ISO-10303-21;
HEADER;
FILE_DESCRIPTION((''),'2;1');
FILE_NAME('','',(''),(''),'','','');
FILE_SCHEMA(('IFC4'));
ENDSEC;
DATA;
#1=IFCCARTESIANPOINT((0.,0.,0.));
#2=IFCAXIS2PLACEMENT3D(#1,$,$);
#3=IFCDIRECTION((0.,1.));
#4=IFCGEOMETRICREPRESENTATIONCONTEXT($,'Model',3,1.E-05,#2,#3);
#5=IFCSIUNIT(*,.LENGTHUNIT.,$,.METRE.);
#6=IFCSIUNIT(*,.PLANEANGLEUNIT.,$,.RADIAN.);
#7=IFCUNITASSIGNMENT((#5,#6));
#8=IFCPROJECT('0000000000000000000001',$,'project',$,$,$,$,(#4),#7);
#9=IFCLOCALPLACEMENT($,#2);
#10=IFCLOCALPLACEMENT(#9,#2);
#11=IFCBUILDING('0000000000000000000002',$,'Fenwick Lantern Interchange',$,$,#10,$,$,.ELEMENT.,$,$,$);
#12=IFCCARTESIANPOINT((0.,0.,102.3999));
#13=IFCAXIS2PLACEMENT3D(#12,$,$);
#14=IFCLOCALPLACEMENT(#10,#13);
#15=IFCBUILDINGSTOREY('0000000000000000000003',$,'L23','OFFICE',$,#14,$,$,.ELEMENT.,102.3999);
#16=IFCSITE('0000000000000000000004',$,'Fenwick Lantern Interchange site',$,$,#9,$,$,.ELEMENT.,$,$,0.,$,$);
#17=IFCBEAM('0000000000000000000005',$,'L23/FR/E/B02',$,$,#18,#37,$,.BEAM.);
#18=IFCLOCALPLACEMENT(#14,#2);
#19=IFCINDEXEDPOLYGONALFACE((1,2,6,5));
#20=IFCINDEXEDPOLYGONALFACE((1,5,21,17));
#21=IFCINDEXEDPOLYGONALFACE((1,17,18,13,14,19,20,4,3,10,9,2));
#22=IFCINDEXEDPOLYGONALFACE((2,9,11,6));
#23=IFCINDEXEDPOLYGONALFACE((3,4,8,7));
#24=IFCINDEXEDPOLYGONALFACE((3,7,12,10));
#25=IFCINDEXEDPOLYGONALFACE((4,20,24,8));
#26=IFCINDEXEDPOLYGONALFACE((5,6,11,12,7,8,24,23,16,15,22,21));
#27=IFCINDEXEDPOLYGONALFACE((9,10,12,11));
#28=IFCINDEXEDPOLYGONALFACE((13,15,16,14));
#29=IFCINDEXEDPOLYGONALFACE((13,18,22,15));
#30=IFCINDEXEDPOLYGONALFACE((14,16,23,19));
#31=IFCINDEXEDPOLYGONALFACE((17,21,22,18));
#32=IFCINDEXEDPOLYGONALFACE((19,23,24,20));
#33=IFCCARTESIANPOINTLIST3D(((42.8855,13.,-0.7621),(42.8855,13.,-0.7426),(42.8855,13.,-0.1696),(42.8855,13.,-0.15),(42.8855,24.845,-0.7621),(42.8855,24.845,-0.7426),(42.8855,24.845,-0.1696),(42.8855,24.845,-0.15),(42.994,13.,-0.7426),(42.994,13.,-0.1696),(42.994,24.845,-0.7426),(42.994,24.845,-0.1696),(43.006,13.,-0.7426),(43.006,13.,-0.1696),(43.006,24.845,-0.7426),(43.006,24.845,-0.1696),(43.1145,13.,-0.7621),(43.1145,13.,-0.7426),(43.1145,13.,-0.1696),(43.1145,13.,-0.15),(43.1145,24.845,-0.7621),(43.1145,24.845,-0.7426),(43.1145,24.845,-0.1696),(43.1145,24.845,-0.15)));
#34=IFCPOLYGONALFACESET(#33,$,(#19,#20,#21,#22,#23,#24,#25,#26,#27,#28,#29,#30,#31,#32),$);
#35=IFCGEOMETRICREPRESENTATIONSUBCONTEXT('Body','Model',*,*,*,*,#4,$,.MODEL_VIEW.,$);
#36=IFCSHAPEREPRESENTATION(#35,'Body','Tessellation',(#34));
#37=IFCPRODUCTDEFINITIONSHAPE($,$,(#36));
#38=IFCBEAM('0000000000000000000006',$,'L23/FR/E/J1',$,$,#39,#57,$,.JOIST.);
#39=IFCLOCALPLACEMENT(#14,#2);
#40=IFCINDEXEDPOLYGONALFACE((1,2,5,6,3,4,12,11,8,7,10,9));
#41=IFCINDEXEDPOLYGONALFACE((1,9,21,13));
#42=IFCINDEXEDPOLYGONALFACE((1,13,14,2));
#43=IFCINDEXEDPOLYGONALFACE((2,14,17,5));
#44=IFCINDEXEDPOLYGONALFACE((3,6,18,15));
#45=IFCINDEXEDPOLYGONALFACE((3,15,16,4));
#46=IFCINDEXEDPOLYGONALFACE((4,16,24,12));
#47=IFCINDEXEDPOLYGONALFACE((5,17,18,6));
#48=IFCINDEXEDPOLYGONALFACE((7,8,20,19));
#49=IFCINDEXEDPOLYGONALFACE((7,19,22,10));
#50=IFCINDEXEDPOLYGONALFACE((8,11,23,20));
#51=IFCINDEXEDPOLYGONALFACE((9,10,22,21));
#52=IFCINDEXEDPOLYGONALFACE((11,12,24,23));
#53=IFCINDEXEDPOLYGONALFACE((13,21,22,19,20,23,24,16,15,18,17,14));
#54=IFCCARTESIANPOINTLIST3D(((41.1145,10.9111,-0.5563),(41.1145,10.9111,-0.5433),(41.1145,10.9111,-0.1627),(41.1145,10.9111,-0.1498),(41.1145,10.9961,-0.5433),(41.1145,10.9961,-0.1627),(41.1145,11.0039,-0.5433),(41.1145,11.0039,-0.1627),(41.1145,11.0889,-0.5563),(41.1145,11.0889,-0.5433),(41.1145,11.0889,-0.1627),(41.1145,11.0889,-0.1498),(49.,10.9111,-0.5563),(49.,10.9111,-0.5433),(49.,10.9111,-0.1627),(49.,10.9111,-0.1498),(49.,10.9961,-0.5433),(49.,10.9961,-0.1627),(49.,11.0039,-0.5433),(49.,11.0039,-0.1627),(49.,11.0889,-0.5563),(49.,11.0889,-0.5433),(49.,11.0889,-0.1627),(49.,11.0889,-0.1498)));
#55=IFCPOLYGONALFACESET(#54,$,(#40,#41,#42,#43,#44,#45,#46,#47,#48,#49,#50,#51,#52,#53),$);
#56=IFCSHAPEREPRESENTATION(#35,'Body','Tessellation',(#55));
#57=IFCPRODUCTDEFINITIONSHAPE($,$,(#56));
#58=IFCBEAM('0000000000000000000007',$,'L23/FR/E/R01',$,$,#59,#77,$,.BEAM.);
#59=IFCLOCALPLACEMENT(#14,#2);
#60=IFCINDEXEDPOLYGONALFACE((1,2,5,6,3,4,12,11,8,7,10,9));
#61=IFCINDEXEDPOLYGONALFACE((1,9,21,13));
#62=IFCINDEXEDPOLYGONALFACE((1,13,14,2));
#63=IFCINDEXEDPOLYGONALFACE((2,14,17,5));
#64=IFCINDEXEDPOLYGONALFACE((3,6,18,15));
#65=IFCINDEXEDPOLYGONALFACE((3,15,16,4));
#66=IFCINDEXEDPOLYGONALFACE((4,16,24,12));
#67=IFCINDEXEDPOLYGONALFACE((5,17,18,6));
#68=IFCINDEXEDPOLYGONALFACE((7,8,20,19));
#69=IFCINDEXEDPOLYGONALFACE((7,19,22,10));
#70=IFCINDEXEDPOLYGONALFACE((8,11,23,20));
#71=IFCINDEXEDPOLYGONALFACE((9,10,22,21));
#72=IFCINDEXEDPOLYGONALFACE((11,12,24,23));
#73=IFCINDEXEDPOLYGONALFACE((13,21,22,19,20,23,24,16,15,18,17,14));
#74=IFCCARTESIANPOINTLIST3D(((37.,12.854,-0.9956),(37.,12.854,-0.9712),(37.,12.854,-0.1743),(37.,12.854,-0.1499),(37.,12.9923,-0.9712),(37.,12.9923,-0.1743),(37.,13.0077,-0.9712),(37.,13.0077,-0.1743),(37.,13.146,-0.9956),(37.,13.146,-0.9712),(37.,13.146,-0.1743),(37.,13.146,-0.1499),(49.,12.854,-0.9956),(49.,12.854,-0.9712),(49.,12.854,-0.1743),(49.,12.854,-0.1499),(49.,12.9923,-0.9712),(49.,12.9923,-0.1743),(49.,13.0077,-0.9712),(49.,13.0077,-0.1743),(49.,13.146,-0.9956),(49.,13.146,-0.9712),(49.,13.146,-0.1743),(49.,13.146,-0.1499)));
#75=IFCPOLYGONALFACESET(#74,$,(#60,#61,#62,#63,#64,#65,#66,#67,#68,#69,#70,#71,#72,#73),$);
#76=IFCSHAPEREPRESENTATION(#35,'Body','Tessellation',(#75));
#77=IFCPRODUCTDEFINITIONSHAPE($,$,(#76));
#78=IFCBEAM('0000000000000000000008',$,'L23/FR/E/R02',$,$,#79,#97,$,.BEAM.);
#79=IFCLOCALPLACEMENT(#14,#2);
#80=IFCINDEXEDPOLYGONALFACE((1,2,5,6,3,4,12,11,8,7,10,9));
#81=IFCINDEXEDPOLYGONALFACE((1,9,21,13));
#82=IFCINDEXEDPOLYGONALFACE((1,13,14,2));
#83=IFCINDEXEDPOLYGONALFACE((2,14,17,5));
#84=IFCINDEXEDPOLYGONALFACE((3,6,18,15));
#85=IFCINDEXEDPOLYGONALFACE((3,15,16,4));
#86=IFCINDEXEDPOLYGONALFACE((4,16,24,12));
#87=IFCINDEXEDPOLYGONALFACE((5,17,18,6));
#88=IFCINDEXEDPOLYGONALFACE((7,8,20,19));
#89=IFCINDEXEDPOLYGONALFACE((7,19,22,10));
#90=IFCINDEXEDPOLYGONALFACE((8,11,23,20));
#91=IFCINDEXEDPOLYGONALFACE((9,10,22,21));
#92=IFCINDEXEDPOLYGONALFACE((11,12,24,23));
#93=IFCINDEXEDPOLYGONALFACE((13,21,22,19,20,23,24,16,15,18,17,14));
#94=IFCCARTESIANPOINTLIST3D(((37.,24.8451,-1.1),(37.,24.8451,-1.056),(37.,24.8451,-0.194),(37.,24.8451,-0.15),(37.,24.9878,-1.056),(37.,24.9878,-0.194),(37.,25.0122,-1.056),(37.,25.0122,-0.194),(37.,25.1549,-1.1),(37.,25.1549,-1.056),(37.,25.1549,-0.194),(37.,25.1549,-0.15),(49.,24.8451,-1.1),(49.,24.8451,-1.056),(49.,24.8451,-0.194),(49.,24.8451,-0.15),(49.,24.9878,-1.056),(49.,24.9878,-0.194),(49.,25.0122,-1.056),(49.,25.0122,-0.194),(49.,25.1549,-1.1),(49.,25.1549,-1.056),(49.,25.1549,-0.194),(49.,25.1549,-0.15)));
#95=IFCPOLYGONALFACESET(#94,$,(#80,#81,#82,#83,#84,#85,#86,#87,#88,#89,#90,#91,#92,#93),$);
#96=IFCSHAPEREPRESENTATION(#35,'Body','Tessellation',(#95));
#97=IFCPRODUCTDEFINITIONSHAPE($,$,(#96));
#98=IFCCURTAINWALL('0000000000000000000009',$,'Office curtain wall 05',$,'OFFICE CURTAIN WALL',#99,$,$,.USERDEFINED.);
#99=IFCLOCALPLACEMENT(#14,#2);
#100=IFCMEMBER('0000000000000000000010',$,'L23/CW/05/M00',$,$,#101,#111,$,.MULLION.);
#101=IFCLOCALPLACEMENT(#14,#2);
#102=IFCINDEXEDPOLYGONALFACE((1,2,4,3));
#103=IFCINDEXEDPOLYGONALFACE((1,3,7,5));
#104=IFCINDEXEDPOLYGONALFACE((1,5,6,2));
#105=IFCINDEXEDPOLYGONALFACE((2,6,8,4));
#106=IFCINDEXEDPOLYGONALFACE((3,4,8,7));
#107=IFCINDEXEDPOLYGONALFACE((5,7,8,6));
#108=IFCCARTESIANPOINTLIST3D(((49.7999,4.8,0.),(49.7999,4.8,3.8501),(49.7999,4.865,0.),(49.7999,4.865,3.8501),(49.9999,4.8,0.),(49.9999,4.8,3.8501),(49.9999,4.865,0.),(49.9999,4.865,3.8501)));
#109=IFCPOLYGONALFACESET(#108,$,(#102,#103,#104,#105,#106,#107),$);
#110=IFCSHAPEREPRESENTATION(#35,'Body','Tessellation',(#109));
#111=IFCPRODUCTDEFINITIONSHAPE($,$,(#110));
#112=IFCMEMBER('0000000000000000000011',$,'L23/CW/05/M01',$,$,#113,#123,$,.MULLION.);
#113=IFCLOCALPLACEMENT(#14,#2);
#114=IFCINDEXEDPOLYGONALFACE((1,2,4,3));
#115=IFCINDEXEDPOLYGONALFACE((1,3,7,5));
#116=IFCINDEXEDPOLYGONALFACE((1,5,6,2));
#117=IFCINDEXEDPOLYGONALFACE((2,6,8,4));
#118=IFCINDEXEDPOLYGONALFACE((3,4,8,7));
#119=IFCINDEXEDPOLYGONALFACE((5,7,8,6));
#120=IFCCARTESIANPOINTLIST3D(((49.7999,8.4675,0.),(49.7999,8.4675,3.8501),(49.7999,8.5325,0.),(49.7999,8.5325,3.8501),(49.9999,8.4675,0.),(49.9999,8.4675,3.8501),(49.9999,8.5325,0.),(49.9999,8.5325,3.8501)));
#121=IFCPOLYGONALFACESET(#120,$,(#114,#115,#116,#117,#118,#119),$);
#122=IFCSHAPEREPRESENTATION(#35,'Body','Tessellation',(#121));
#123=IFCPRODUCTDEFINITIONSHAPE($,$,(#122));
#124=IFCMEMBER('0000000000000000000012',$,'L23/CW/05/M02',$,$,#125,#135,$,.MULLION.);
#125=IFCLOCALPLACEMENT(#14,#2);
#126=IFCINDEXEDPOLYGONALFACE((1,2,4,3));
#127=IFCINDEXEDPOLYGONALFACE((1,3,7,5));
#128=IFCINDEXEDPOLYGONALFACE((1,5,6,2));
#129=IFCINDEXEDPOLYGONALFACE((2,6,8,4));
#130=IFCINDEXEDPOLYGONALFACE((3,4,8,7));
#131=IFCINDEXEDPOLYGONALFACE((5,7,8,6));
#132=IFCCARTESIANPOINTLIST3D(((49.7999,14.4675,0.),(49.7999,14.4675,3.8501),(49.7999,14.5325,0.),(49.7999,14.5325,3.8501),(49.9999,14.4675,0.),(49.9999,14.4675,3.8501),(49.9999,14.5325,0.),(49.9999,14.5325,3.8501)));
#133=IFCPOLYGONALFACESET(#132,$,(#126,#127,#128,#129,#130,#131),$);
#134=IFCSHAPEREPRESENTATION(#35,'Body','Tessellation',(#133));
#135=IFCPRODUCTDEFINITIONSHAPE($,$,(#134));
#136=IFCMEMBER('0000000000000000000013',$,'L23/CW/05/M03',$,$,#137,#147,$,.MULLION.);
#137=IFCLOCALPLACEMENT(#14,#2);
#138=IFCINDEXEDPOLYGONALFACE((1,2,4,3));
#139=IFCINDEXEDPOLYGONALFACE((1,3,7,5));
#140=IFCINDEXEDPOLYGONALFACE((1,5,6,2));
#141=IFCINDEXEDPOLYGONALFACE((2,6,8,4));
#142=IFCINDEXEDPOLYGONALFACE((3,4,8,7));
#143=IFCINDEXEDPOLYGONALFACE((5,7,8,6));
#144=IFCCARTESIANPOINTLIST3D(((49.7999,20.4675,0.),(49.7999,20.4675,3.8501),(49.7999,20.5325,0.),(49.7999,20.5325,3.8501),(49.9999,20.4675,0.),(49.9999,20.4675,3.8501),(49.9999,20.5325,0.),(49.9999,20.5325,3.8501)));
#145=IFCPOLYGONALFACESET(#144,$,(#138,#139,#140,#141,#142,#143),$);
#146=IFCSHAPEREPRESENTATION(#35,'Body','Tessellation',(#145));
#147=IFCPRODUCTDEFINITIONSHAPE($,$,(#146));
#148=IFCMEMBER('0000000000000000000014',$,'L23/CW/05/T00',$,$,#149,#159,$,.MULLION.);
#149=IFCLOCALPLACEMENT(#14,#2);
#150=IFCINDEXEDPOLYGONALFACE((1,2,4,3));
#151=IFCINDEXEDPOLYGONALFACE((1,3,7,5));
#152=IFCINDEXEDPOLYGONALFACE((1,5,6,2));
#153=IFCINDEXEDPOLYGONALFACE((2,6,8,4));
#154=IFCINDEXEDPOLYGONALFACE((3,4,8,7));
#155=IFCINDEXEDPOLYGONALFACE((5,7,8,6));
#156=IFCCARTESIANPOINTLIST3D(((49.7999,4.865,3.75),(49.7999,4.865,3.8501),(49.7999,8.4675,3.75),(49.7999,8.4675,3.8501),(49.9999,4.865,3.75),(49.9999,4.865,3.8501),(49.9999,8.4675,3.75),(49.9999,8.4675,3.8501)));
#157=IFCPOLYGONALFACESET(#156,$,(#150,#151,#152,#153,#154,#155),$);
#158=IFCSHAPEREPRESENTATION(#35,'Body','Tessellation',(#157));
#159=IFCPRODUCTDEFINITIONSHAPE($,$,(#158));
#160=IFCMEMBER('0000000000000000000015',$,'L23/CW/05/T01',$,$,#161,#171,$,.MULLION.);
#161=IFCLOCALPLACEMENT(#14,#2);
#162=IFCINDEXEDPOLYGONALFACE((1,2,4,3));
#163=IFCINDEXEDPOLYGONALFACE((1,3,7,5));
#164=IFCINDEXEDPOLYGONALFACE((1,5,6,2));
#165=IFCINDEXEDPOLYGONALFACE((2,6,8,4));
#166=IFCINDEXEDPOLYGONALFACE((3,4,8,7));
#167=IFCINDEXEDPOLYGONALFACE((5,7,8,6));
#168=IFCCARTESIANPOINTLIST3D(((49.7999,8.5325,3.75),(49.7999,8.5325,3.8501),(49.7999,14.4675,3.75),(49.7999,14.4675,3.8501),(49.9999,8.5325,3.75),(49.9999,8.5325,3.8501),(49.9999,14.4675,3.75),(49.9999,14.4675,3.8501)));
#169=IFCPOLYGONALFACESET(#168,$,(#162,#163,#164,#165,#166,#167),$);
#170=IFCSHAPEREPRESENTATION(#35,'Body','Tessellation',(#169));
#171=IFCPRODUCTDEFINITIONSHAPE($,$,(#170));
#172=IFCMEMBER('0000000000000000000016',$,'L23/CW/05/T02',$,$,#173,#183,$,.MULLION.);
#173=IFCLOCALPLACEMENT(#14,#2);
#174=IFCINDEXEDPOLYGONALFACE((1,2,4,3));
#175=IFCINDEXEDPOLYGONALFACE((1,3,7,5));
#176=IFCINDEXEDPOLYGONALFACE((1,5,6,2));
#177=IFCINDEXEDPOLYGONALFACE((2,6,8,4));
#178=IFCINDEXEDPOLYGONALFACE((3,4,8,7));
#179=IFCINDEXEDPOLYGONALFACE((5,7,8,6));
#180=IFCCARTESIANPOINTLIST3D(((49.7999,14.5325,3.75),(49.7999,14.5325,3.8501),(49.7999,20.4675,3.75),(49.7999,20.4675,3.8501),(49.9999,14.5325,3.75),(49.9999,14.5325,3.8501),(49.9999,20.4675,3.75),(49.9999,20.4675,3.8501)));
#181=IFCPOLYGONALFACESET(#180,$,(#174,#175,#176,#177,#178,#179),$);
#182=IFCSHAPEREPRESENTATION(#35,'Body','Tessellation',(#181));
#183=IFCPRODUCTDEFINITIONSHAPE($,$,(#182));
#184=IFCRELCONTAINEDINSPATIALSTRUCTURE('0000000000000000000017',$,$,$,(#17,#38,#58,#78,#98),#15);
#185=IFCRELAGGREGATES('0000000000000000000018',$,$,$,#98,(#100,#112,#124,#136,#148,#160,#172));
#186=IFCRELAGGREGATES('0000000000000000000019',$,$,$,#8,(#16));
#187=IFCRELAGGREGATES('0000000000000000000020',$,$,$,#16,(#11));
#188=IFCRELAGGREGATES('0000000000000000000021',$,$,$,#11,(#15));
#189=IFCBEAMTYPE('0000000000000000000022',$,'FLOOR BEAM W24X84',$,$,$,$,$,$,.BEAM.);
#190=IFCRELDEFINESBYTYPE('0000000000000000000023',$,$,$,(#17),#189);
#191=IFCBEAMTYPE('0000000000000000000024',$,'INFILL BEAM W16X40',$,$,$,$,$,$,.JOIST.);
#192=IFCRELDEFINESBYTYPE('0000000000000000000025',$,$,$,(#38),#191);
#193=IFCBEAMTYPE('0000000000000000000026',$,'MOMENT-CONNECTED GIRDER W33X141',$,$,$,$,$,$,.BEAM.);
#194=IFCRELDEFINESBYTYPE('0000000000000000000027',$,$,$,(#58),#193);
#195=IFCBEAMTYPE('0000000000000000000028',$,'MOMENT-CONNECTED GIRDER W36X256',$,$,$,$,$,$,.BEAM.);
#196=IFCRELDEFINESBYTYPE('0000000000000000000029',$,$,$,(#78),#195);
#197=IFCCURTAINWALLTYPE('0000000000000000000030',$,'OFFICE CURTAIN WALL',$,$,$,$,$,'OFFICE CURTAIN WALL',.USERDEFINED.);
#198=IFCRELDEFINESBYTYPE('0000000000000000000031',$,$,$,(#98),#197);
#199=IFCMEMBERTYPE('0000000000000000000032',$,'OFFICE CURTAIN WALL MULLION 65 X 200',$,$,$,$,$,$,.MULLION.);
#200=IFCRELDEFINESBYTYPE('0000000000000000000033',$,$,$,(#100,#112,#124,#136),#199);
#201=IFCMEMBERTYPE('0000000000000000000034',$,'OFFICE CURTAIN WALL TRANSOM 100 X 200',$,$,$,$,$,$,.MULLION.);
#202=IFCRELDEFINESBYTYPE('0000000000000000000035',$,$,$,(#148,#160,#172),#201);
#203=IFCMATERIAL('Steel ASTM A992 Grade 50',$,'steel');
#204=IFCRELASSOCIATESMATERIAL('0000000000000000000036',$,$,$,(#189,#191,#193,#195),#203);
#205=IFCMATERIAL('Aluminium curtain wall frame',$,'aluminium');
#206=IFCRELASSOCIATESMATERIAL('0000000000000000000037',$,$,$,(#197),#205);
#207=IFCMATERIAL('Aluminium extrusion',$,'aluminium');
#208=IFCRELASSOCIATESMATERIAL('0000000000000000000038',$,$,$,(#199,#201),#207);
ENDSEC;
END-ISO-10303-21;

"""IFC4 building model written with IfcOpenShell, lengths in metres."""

from ifc_helpers import new_model, si_unit, direction, frame, origin, origin_2d, place, context, subcontext, project, spatial, rectangle, i_section, extrude, material, material_profile, profile_set, type_object, element, aggregate, save


model = new_model("IFC4")

# Units and contexts
model_context = context("Model", 3, precision=1e-05, world=origin(), true_north=direction((0.0, 1.0)))
body_context = subcontext(model_context, "Body", "Model", "MODEL_VIEW")
ifc_project = project(units=[si_unit("LENGTHUNIT", "METRE"), si_unit("PLANEANGLEUNIT", "RADIAN")], contexts=[model_context])

# Site, building, storey
site_placement = place(None, origin())
site = spatial("IfcSite", under=ifc_project, at=site_placement, Name="Fenwick Lantern Interchange site", CompositionType="ELEMENT", RefElevation=0.0)
building_placement = place(site_placement, origin())
building = spatial("IfcBuilding", under=site, at=building_placement, Name="Fenwick Lantern Interchange", CompositionType="ELEMENT")
storey_placement = place(building_placement, frame((0.0, 0.0, 102.3999)))
storey = spatial("IfcBuildingStorey", under=building, at=storey_placement, Name="L23", Description="OFFICE", CompositionType="ELEMENT", Elevation=102.3999)

# Shared definitions
ifc_material_1 = material(Name="Steel ASTM A992 Grade 50", Category="steel")

# Beams
ifc_material_profile_1 = material_profile(ifc_material_1, i_section(OverallWidth=0.229, OverallDepth=0.6121, WebThickness=0.012, FlangeThickness=0.0195, at=origin_2d()), Name="W24X84")
ifc_profile_set_1 = profile_set([ifc_material_profile_1], Name="Steel ASTM A992 Grade 50")
beam_type_1 = type_object("IfcBeamType", Name="FLOOR BEAM W24X84", PredefinedType="BEAM", material=ifc_profile_set_1)
for number, where, z_axis, x_axis, name in (
    (1, (43.0, 13.0, -0.4561), (0.0, 1.0, 0.0), (-1.0, 0.0, 0.0), "L23/FR/E/B02"),
):
    element("IfcBeam", number, at=place(storey_placement, frame(where, z_axis=z_axis, x_axis=x_axis)), inside=storey, type_object=beam_type_1, Name=name, PredefinedType="BEAM", context=body_context, shape_type="SweptSolid", body=[
        extrude(i_section(OverallWidth=0.229, OverallDepth=0.6121, WebThickness=0.012, FlangeThickness=0.0195, at=origin_2d()), origin(), (0.0, 0.0, 1.0), 11.845),
    ])
ifc_material_profile_2 = material_profile(ifc_material_1, i_section(OverallWidth=0.1777, OverallDepth=0.4065, WebThickness=0.0078, FlangeThickness=0.0129, at=origin_2d()), Name="W16X40")
ifc_profile_set_2 = profile_set([ifc_material_profile_2], Name="Steel ASTM A992 Grade 50")
beam_type_2 = type_object("IfcBeamType", Name="INFILL BEAM W16X40", PredefinedType="JOIST", material=ifc_profile_set_2)
beam_1_placement = place(storey_placement, frame((49.0, 11.0, -0.353), z_axis=(-1.0, 0.0, 0.0), x_axis=(0.0, -1.0, 0.0)))
element("IfcBeam", 2, at=beam_1_placement, inside=storey, type_object=beam_type_2, Name="L23/FR/E/J1", PredefinedType="JOIST", context=body_context, shape_type="SweptSolid", body=[
    extrude(i_section(OverallWidth=0.1777, OverallDepth=0.4065, WebThickness=0.0078, FlangeThickness=0.0129, at=origin_2d()), origin(), (0.0, 0.0, 1.0), 7.8855),
])
ifc_material_profile_3 = material_profile(ifc_material_1, i_section(OverallWidth=0.292, OverallDepth=0.8457, WebThickness=0.0154, FlangeThickness=0.0244, at=origin_2d()), Name="W33X141")
ifc_profile_set_3 = profile_set([ifc_material_profile_3], Name="Steel ASTM A992 Grade 50")
beam_type_3 = type_object("IfcBeamType", Name="MOMENT-CONNECTED GIRDER W33X141", PredefinedType="BEAM", material=ifc_profile_set_3)
beam_2_placement = place(storey_placement, frame((49.0, 13.0, -0.5728), z_axis=(-1.0, 0.0, 0.0), x_axis=(0.0, -1.0, 0.0)))
element("IfcBeam", 3, at=beam_2_placement, inside=storey, type_object=beam_type_3, Name="L23/FR/E/R01", PredefinedType="BEAM", context=body_context, shape_type="SweptSolid", body=[
    extrude(i_section(OverallWidth=0.292, OverallDepth=0.8457, WebThickness=0.0154, FlangeThickness=0.0244, at=origin_2d()), origin(), (0.0, 0.0, 1.0), 12.0),
])
ifc_material_profile_4 = material_profile(ifc_material_1, i_section(OverallWidth=0.3098, OverallDepth=0.95, WebThickness=0.0244, FlangeThickness=0.0439, at=origin_2d()), Name="W36X256")
ifc_profile_set_4 = profile_set([ifc_material_profile_4], Name="Steel ASTM A992 Grade 50")
beam_type_4 = type_object("IfcBeamType", Name="MOMENT-CONNECTED GIRDER W36X256", PredefinedType="BEAM", material=ifc_profile_set_4)
beam_3_placement = place(storey_placement, frame((49.0, 25.0, -0.625), z_axis=(-1.0, 0.0, 0.0), x_axis=(0.0, -1.0, 0.0)))
element("IfcBeam", 4, at=beam_3_placement, inside=storey, type_object=beam_type_4, Name="L23/FR/E/R02", PredefinedType="BEAM", context=body_context, shape_type="SweptSolid", body=[
    extrude(i_section(OverallWidth=0.3098, OverallDepth=0.95, WebThickness=0.0244, FlangeThickness=0.0439, at=origin_2d()), origin(), (0.0, 0.0, 1.0), 12.0),
])

# Curtain wall, members
ifc_material_2 = material(Name="Aluminium curtain wall frame", Category="aluminium")
curtain_wall_type = type_object("IfcCurtainWallType", Name="OFFICE CURTAIN WALL", ElementType="OFFICE CURTAIN WALL", PredefinedType="USERDEFINED", material=ifc_material_2)
curtain_wall_placement = place(storey_placement, origin())
curtain_wall = element("IfcCurtainWall", 5, at=curtain_wall_placement, inside=storey, type_object=curtain_wall_type, Name="Office curtain wall 05", ObjectType="OFFICE CURTAIN WALL", PredefinedType="USERDEFINED")
ifc_material_3 = material(Name="Aluminium extrusion", Category="aluminium")
ifc_material_profile_5 = material_profile(ifc_material_3, rectangle(XDim=0.2, YDim=0.0649, at=origin_2d()), Name="OFFICE CURTAIN WALL MULLION 65 X 200")
ifc_profile_set_5 = profile_set([ifc_material_profile_5], Name="Aluminium extrusion")
member_type_1 = type_object("IfcMemberType", Name="OFFICE CURTAIN WALL MULLION 65 X 200", PredefinedType="MULLION", material=ifc_profile_set_5)
member_1_placement = place(storey_placement, frame((49.8999, 4.8325, 0.0), z_axis=(0.0, 0.0, 1.0), x_axis=(-1.0, 0.0, 0.0)))
member_1 = element("IfcMember", 6, at=member_1_placement, type_object=member_type_1, Name="L23/CW/05/M00", PredefinedType="MULLION", context=body_context, shape_type="SweptSolid", body=[
    extrude(rectangle(XDim=0.2, YDim=0.0649, at=origin_2d()), origin(), (0.0, 0.0, 1.0), 3.8501),
])
member_2_placement = place(storey_placement, frame((49.8999, 8.5, 0.0), z_axis=(0.0, 0.0, 1.0), x_axis=(-1.0, 0.0, 0.0)))
member_2 = element("IfcMember", 7, at=member_2_placement, type_object=member_type_1, Name="L23/CW/05/M01", PredefinedType="MULLION", context=body_context, shape_type="SweptSolid", body=[
    extrude(rectangle(XDim=0.2, YDim=0.0649, at=origin_2d()), origin(), (0.0, 0.0, 1.0), 3.8501),
])
member_3_placement = place(storey_placement, frame((49.8999, 14.5, 0.0), z_axis=(0.0, 0.0, 1.0), x_axis=(-1.0, 0.0, 0.0)))
member_3 = element("IfcMember", 8, at=member_3_placement, type_object=member_type_1, Name="L23/CW/05/M02", PredefinedType="MULLION", context=body_context, shape_type="SweptSolid", body=[
    extrude(rectangle(XDim=0.2, YDim=0.0649, at=origin_2d()), origin(), (0.0, 0.0, 1.0), 3.8501),
])
member_4_placement = place(storey_placement, frame((49.8999, 20.5, 0.0), z_axis=(0.0, 0.0, 1.0), x_axis=(-1.0, 0.0, 0.0)))
member_4 = element("IfcMember", 9, at=member_4_placement, type_object=member_type_1, Name="L23/CW/05/M03", PredefinedType="MULLION", context=body_context, shape_type="SweptSolid", body=[
    extrude(rectangle(XDim=0.2, YDim=0.0649, at=origin_2d()), origin(), (0.0, 0.0, 1.0), 3.8501),
])
ifc_material_profile_6 = material_profile(ifc_material_3, rectangle(XDim=0.2, YDim=0.1001, at=origin_2d()), Name="OFFICE CURTAIN WALL TRANSOM 100 X 200")
ifc_profile_set_6 = profile_set([ifc_material_profile_6], Name="Aluminium extrusion")
member_type_2 = type_object("IfcMemberType", Name="OFFICE CURTAIN WALL TRANSOM 100 X 200", PredefinedType="MULLION", material=ifc_profile_set_6)
member_5_placement = place(storey_placement, frame((49.8999, 4.865, 3.8), z_axis=(0.0, 1.0, 0.0), x_axis=(-1.0, 0.0, 0.0)))
member_5 = element("IfcMember", 10, at=member_5_placement, type_object=member_type_2, Name="L23/CW/05/T00", PredefinedType="MULLION", context=body_context, shape_type="SweptSolid", body=[
    extrude(rectangle(XDim=0.2, YDim=0.1001, at=origin_2d()), origin(), (0.0, 0.0, 1.0), 3.6025),
])
member_6_placement = place(storey_placement, frame((49.8999, 8.5325, 3.8), z_axis=(0.0, 1.0, 0.0), x_axis=(-1.0, 0.0, 0.0)))
member_6 = element("IfcMember", 11, at=member_6_placement, type_object=member_type_2, Name="L23/CW/05/T01", PredefinedType="MULLION", context=body_context, shape_type="SweptSolid", body=[
    extrude(rectangle(XDim=0.2, YDim=0.1001, at=origin_2d()), origin(), (0.0, 0.0, 1.0), 5.9351),
])
member_7_placement = place(storey_placement, frame((49.8999, 14.5325, 3.8), z_axis=(0.0, 1.0, 0.0), x_axis=(-1.0, 0.0, 0.0)))
member_7 = element("IfcMember", 12, at=member_7_placement, type_object=member_type_2, Name="L23/CW/05/T02", PredefinedType="MULLION", context=body_context, shape_type="SweptSolid", body=[
    extrude(rectangle(XDim=0.2, YDim=0.1001, at=origin_2d()), origin(), (0.0, 0.0, 1.0), 5.9351),
])
aggregate(curtain_wall, [member_1, member_2, member_3, member_4, member_5, member_6, member_7])

save(model, "model.ifc")
